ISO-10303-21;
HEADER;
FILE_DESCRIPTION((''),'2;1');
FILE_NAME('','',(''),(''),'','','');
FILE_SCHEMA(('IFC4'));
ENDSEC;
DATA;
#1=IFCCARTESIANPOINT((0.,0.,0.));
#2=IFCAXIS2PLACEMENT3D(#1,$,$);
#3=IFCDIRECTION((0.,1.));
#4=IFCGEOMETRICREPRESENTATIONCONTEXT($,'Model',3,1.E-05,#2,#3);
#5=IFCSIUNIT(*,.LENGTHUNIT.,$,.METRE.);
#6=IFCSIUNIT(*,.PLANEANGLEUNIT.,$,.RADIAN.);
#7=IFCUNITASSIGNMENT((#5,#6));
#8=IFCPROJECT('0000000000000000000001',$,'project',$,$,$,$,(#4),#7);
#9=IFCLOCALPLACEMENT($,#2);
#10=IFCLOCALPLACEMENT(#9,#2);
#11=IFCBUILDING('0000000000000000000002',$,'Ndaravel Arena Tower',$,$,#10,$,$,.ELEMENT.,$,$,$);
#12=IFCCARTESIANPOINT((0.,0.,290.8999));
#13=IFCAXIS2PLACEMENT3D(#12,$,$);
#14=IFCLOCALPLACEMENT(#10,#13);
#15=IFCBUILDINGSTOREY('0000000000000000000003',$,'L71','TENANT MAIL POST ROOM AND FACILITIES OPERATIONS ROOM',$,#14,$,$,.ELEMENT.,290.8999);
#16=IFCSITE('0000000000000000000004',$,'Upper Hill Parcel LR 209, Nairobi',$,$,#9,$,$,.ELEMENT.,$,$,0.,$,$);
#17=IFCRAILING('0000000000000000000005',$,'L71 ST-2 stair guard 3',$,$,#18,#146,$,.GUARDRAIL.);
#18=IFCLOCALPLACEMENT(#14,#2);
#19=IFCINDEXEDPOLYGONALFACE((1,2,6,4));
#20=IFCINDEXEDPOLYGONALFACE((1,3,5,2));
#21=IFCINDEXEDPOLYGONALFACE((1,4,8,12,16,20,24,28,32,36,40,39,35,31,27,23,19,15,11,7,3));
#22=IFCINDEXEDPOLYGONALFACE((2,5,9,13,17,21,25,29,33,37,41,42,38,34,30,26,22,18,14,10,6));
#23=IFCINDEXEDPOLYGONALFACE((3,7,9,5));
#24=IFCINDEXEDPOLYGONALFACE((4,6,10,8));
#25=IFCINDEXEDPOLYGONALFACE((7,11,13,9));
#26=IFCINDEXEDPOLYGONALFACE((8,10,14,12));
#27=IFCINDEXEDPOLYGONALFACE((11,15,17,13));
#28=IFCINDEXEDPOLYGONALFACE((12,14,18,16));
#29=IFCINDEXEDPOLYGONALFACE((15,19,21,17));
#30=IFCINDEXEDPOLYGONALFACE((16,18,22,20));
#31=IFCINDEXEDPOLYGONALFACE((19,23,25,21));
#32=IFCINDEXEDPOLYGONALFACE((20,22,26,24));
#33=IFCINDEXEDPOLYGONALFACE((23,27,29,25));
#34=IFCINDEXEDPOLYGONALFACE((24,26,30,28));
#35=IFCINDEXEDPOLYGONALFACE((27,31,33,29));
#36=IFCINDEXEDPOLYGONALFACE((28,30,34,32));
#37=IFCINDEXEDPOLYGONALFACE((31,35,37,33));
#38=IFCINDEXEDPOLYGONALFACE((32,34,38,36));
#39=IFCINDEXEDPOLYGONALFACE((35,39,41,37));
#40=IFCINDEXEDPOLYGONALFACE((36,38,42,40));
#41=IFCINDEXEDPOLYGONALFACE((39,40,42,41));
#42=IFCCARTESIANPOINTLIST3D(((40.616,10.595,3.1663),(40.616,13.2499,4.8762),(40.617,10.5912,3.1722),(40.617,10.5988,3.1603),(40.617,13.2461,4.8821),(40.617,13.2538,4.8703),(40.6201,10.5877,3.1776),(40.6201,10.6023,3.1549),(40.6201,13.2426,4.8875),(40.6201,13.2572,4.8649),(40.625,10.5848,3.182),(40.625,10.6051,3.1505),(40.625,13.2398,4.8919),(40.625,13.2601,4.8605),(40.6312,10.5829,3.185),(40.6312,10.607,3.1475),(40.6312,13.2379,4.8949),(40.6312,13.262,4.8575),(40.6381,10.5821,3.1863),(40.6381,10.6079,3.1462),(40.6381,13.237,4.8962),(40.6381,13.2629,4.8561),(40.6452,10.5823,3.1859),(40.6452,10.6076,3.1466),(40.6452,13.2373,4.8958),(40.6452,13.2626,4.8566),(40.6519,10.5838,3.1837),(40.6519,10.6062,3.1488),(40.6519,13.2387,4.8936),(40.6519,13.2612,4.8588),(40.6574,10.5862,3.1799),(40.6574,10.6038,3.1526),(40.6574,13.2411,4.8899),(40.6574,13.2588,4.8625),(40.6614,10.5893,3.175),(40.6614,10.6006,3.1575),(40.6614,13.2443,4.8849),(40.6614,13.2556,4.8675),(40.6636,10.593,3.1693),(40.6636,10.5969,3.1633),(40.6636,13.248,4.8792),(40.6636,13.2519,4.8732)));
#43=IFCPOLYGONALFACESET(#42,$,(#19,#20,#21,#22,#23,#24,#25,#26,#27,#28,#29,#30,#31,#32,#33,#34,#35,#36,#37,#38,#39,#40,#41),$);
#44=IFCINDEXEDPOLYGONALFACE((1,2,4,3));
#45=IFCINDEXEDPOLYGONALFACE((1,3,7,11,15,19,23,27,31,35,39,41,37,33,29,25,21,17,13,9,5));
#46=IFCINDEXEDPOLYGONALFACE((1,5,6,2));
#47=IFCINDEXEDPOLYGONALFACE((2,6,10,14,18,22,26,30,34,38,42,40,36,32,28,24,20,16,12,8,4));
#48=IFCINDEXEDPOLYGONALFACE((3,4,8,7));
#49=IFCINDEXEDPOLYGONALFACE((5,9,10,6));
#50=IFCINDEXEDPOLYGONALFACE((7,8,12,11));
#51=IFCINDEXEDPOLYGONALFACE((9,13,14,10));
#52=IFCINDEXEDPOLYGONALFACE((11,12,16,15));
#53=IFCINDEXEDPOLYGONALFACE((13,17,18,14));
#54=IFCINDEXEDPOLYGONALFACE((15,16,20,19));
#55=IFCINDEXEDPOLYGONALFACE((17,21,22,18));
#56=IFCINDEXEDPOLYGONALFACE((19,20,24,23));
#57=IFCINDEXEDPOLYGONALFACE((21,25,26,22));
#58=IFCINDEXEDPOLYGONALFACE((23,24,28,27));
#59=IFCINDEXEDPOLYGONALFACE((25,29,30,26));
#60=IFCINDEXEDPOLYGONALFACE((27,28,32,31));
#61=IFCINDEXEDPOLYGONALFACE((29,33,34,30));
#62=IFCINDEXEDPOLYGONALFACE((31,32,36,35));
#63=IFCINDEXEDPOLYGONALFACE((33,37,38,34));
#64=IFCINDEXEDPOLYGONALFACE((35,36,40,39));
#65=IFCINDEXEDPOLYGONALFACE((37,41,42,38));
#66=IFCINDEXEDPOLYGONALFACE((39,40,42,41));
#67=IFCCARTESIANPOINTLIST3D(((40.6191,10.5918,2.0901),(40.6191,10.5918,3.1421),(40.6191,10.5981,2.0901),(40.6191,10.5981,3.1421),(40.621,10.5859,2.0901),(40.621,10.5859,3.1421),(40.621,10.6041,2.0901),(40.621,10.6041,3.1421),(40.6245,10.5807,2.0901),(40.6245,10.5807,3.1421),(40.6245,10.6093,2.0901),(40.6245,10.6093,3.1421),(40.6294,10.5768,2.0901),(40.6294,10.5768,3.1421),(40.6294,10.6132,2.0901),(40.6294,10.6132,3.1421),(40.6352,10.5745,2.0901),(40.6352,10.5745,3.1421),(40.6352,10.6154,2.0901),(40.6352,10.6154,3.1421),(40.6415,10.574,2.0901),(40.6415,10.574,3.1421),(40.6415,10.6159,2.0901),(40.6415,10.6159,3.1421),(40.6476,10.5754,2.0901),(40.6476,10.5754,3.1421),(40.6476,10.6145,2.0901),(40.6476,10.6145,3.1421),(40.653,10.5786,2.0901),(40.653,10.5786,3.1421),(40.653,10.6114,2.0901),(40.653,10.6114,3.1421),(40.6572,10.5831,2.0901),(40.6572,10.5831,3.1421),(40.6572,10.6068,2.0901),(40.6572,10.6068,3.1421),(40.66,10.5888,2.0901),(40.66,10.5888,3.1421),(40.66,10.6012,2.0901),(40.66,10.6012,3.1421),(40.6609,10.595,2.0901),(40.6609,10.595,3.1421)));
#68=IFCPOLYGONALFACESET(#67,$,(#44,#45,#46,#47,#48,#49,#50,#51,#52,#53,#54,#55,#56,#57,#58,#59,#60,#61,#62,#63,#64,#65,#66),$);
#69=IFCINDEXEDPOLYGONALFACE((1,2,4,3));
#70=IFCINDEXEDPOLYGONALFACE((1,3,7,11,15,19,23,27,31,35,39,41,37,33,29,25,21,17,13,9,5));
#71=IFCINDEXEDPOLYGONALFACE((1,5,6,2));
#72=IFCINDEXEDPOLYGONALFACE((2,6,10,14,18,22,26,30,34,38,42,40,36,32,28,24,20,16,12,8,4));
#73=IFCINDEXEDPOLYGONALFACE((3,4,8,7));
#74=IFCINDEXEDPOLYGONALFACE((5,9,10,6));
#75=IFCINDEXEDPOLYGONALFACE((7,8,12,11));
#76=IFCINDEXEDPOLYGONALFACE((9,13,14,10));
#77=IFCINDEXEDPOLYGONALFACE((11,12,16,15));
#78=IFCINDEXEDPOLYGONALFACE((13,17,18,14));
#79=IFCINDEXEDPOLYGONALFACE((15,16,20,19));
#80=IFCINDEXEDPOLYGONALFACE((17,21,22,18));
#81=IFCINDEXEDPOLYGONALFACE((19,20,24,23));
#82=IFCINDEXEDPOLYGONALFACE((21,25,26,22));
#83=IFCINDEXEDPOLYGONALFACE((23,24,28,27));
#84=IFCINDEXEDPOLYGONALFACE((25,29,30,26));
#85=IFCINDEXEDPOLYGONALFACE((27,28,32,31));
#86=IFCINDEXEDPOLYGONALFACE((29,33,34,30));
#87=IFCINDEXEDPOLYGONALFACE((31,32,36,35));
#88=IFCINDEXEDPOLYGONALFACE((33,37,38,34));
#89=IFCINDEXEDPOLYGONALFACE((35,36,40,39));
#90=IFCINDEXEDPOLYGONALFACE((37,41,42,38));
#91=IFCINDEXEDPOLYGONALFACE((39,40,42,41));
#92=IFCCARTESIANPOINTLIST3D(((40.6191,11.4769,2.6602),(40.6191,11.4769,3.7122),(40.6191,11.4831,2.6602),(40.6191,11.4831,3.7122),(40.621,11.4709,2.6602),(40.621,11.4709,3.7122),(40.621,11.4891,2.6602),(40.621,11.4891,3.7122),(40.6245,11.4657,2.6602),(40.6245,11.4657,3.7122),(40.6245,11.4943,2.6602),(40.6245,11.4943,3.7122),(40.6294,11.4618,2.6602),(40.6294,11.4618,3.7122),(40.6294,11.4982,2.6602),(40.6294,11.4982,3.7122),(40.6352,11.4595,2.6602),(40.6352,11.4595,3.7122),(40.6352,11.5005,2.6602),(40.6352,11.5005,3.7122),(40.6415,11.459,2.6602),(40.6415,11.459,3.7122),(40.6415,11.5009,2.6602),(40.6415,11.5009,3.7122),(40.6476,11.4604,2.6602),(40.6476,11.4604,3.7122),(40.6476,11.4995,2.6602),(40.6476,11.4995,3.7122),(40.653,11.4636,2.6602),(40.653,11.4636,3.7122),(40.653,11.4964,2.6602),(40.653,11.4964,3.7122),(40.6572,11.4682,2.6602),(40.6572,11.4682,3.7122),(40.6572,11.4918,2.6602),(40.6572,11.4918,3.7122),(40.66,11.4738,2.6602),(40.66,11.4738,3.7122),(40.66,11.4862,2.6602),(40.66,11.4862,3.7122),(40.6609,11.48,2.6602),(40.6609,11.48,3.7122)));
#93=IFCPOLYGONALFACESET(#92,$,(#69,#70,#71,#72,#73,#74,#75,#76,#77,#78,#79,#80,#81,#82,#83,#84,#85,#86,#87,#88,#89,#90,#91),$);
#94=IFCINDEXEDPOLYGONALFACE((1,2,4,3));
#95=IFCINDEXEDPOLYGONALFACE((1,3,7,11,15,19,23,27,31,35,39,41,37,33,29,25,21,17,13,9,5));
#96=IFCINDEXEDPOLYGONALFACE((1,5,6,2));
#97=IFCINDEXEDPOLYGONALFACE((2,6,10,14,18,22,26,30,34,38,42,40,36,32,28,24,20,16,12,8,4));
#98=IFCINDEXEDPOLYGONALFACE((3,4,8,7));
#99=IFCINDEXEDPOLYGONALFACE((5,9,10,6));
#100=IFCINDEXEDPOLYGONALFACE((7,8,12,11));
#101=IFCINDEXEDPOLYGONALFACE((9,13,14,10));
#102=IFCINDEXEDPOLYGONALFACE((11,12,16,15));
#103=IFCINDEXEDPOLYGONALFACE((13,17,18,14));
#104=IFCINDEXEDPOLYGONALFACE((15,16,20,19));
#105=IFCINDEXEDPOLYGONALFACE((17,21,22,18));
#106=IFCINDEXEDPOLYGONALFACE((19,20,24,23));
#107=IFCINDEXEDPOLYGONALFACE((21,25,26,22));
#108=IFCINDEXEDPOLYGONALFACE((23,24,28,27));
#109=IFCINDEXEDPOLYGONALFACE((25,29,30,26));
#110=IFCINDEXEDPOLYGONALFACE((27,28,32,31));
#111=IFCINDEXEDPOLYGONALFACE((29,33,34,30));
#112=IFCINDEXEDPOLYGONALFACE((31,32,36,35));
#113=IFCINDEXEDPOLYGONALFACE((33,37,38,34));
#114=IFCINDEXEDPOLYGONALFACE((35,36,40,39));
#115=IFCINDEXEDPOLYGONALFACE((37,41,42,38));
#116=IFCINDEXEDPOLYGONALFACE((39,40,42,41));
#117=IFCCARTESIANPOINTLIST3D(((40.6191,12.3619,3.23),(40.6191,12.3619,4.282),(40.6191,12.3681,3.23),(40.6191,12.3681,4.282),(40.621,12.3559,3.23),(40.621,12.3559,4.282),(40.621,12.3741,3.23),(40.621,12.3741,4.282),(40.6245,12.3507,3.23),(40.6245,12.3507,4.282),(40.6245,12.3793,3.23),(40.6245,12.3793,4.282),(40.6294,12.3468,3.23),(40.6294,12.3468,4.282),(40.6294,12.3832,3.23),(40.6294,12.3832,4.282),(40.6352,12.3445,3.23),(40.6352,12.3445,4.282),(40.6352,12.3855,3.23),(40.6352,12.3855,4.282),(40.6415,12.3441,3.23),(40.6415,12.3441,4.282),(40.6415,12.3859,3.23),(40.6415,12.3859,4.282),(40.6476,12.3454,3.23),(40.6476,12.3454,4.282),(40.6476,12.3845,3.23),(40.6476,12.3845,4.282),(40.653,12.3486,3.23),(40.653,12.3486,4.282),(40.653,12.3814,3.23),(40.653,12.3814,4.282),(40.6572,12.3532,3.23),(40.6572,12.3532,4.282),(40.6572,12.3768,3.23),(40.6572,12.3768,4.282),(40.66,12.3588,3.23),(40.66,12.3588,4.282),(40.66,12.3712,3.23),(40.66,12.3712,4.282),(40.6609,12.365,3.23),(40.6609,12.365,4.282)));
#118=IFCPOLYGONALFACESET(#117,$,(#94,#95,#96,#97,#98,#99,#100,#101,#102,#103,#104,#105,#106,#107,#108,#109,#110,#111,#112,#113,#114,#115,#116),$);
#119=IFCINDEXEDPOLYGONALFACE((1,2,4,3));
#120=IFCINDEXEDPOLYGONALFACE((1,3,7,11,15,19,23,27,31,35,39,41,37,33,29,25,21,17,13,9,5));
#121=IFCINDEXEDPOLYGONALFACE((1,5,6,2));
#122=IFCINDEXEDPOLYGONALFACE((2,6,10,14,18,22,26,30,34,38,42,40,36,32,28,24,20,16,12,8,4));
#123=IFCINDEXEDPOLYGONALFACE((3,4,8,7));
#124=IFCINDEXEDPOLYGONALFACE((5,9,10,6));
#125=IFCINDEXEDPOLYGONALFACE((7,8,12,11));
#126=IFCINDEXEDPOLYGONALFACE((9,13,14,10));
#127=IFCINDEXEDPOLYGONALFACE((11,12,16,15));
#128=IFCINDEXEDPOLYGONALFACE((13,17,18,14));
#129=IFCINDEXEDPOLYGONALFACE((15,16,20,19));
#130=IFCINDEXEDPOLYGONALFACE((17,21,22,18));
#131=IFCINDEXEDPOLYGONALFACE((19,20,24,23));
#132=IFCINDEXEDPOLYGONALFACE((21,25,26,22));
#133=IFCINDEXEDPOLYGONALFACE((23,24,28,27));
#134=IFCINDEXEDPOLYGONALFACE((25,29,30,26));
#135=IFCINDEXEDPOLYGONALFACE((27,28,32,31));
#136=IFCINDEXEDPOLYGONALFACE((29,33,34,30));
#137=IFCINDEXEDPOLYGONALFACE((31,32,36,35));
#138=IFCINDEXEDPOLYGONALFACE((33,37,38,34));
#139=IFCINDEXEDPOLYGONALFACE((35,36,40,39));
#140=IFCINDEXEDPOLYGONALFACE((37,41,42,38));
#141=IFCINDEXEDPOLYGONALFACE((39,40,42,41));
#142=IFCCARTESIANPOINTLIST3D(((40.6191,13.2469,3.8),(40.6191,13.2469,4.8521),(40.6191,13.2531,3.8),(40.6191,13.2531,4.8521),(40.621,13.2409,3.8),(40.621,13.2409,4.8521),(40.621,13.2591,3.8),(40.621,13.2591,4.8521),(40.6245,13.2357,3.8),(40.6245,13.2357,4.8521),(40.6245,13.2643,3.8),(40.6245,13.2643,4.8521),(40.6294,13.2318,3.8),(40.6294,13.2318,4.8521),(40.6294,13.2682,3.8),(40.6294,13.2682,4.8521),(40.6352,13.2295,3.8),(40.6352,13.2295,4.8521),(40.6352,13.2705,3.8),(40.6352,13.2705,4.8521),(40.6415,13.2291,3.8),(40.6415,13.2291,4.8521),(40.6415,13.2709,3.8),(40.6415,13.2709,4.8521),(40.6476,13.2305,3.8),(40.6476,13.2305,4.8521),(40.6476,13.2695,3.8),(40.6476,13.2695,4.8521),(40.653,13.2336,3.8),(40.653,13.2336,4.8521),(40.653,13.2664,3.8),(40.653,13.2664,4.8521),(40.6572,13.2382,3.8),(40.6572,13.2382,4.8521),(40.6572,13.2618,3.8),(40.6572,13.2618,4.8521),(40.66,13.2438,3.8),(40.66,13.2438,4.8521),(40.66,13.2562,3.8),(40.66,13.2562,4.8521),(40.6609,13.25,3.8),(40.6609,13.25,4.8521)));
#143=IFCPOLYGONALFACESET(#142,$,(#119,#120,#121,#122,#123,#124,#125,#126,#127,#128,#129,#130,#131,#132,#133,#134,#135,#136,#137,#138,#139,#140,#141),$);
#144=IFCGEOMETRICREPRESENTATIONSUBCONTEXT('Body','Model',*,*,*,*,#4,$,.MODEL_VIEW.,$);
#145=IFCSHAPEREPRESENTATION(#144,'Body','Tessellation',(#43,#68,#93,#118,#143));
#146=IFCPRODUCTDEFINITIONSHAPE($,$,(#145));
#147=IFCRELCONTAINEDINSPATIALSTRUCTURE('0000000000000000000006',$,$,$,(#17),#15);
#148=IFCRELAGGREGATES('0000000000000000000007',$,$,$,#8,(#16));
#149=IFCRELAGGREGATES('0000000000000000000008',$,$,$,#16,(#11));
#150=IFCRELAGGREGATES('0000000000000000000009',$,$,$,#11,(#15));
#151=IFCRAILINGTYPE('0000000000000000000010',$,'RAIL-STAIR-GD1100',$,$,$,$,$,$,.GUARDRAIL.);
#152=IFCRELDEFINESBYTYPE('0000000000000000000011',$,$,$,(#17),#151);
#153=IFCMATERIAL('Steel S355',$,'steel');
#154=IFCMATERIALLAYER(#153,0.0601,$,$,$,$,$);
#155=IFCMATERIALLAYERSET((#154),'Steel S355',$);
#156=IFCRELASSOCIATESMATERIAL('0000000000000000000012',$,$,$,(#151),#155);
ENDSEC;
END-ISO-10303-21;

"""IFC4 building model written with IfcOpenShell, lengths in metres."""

from ifc_helpers import new_model, si_unit, direction, frame, origin, origin_2d, place, context, subcontext, project, spatial, circle, extrude, material, layer, layer_set, type_object, element, save


model = new_model("IFC4")

# Units and contexts
model_context = context("Model", 3, precision=1e-05, world=origin(), true_north=direction((0.0, 1.0)))
body_context = subcontext(model_context, "Body", "Model", "MODEL_VIEW")
ifc_project = project(units=[si_unit("LENGTHUNIT", "METRE"), si_unit("PLANEANGLEUNIT", "RADIAN")], contexts=[model_context])

# Site, building, storey
site_placement = place(None, origin())
site = spatial("IfcSite", under=ifc_project, at=site_placement, Name="Upper Hill Parcel LR 209, Nairobi", CompositionType="ELEMENT", RefElevation=0.0)
building_placement = place(site_placement, origin())
building = spatial("IfcBuilding", under=site, at=building_placement, Name="Ndaravel Arena Tower", CompositionType="ELEMENT")
storey_placement = place(building_placement, frame((0.0, 0.0, 290.8999)))
storey = spatial("IfcBuildingStorey", under=building, at=storey_placement, Name="L71", Description="TENANT MAIL POST ROOM AND FACILITIES OPERATIONS ROOM", CompositionType="ELEMENT", Elevation=290.8999)

# Railing
ifc_material_1 = material(Name="Steel S355", Category="steel")
ifc_layer_1 = layer(ifc_material_1, 0.0601)
ifc_layer_set_1 = layer_set([ifc_layer_1], Name="Steel S355")
railing_type_1 = type_object("IfcRailingType", Name="RAIL-STAIR-GD1100", PredefinedType="GUARDRAIL", material=ifc_layer_set_1)
railing_1_placement = place(storey_placement, frame((40.6399, 10.595, 2.0901)))
element("IfcRailing", 1, at=railing_1_placement, inside=storey, type_object=railing_type_1, Name="L71 ST-2 stair guard 3", PredefinedType="GUARDRAIL", context=body_context, shape_type="SweptSolid", body=[
    extrude(circle(Radius=0.0239, at=origin_2d()), frame((0.0, 0.0, 1.0762), z_axis=(0.0, 0.840724, 0.541465), x_axis=(-1.0, 0.0, 0.0)), (0.0, 0.0, 1.0), 3.158),
    extrude(circle(Radius=0.021, at=origin_2d()), origin(), (0.0, 0.0, 1.0), 1.052),
    extrude(circle(Radius=0.021, at=origin_2d()), frame((0.0, 0.885, 0.5701)), (0.0, 0.0, 1.0), 1.052),
    extrude(circle(Radius=0.021, at=origin_2d()), frame((0.0, 1.77, 1.1399)), (0.0, 0.0, 1.0), 1.052),
    extrude(circle(Radius=0.021, at=origin_2d()), frame((0.0, 2.655, 1.71)), (0.0, 0.0, 1.0), 1.052),
])

save(model, "model.ifc")
